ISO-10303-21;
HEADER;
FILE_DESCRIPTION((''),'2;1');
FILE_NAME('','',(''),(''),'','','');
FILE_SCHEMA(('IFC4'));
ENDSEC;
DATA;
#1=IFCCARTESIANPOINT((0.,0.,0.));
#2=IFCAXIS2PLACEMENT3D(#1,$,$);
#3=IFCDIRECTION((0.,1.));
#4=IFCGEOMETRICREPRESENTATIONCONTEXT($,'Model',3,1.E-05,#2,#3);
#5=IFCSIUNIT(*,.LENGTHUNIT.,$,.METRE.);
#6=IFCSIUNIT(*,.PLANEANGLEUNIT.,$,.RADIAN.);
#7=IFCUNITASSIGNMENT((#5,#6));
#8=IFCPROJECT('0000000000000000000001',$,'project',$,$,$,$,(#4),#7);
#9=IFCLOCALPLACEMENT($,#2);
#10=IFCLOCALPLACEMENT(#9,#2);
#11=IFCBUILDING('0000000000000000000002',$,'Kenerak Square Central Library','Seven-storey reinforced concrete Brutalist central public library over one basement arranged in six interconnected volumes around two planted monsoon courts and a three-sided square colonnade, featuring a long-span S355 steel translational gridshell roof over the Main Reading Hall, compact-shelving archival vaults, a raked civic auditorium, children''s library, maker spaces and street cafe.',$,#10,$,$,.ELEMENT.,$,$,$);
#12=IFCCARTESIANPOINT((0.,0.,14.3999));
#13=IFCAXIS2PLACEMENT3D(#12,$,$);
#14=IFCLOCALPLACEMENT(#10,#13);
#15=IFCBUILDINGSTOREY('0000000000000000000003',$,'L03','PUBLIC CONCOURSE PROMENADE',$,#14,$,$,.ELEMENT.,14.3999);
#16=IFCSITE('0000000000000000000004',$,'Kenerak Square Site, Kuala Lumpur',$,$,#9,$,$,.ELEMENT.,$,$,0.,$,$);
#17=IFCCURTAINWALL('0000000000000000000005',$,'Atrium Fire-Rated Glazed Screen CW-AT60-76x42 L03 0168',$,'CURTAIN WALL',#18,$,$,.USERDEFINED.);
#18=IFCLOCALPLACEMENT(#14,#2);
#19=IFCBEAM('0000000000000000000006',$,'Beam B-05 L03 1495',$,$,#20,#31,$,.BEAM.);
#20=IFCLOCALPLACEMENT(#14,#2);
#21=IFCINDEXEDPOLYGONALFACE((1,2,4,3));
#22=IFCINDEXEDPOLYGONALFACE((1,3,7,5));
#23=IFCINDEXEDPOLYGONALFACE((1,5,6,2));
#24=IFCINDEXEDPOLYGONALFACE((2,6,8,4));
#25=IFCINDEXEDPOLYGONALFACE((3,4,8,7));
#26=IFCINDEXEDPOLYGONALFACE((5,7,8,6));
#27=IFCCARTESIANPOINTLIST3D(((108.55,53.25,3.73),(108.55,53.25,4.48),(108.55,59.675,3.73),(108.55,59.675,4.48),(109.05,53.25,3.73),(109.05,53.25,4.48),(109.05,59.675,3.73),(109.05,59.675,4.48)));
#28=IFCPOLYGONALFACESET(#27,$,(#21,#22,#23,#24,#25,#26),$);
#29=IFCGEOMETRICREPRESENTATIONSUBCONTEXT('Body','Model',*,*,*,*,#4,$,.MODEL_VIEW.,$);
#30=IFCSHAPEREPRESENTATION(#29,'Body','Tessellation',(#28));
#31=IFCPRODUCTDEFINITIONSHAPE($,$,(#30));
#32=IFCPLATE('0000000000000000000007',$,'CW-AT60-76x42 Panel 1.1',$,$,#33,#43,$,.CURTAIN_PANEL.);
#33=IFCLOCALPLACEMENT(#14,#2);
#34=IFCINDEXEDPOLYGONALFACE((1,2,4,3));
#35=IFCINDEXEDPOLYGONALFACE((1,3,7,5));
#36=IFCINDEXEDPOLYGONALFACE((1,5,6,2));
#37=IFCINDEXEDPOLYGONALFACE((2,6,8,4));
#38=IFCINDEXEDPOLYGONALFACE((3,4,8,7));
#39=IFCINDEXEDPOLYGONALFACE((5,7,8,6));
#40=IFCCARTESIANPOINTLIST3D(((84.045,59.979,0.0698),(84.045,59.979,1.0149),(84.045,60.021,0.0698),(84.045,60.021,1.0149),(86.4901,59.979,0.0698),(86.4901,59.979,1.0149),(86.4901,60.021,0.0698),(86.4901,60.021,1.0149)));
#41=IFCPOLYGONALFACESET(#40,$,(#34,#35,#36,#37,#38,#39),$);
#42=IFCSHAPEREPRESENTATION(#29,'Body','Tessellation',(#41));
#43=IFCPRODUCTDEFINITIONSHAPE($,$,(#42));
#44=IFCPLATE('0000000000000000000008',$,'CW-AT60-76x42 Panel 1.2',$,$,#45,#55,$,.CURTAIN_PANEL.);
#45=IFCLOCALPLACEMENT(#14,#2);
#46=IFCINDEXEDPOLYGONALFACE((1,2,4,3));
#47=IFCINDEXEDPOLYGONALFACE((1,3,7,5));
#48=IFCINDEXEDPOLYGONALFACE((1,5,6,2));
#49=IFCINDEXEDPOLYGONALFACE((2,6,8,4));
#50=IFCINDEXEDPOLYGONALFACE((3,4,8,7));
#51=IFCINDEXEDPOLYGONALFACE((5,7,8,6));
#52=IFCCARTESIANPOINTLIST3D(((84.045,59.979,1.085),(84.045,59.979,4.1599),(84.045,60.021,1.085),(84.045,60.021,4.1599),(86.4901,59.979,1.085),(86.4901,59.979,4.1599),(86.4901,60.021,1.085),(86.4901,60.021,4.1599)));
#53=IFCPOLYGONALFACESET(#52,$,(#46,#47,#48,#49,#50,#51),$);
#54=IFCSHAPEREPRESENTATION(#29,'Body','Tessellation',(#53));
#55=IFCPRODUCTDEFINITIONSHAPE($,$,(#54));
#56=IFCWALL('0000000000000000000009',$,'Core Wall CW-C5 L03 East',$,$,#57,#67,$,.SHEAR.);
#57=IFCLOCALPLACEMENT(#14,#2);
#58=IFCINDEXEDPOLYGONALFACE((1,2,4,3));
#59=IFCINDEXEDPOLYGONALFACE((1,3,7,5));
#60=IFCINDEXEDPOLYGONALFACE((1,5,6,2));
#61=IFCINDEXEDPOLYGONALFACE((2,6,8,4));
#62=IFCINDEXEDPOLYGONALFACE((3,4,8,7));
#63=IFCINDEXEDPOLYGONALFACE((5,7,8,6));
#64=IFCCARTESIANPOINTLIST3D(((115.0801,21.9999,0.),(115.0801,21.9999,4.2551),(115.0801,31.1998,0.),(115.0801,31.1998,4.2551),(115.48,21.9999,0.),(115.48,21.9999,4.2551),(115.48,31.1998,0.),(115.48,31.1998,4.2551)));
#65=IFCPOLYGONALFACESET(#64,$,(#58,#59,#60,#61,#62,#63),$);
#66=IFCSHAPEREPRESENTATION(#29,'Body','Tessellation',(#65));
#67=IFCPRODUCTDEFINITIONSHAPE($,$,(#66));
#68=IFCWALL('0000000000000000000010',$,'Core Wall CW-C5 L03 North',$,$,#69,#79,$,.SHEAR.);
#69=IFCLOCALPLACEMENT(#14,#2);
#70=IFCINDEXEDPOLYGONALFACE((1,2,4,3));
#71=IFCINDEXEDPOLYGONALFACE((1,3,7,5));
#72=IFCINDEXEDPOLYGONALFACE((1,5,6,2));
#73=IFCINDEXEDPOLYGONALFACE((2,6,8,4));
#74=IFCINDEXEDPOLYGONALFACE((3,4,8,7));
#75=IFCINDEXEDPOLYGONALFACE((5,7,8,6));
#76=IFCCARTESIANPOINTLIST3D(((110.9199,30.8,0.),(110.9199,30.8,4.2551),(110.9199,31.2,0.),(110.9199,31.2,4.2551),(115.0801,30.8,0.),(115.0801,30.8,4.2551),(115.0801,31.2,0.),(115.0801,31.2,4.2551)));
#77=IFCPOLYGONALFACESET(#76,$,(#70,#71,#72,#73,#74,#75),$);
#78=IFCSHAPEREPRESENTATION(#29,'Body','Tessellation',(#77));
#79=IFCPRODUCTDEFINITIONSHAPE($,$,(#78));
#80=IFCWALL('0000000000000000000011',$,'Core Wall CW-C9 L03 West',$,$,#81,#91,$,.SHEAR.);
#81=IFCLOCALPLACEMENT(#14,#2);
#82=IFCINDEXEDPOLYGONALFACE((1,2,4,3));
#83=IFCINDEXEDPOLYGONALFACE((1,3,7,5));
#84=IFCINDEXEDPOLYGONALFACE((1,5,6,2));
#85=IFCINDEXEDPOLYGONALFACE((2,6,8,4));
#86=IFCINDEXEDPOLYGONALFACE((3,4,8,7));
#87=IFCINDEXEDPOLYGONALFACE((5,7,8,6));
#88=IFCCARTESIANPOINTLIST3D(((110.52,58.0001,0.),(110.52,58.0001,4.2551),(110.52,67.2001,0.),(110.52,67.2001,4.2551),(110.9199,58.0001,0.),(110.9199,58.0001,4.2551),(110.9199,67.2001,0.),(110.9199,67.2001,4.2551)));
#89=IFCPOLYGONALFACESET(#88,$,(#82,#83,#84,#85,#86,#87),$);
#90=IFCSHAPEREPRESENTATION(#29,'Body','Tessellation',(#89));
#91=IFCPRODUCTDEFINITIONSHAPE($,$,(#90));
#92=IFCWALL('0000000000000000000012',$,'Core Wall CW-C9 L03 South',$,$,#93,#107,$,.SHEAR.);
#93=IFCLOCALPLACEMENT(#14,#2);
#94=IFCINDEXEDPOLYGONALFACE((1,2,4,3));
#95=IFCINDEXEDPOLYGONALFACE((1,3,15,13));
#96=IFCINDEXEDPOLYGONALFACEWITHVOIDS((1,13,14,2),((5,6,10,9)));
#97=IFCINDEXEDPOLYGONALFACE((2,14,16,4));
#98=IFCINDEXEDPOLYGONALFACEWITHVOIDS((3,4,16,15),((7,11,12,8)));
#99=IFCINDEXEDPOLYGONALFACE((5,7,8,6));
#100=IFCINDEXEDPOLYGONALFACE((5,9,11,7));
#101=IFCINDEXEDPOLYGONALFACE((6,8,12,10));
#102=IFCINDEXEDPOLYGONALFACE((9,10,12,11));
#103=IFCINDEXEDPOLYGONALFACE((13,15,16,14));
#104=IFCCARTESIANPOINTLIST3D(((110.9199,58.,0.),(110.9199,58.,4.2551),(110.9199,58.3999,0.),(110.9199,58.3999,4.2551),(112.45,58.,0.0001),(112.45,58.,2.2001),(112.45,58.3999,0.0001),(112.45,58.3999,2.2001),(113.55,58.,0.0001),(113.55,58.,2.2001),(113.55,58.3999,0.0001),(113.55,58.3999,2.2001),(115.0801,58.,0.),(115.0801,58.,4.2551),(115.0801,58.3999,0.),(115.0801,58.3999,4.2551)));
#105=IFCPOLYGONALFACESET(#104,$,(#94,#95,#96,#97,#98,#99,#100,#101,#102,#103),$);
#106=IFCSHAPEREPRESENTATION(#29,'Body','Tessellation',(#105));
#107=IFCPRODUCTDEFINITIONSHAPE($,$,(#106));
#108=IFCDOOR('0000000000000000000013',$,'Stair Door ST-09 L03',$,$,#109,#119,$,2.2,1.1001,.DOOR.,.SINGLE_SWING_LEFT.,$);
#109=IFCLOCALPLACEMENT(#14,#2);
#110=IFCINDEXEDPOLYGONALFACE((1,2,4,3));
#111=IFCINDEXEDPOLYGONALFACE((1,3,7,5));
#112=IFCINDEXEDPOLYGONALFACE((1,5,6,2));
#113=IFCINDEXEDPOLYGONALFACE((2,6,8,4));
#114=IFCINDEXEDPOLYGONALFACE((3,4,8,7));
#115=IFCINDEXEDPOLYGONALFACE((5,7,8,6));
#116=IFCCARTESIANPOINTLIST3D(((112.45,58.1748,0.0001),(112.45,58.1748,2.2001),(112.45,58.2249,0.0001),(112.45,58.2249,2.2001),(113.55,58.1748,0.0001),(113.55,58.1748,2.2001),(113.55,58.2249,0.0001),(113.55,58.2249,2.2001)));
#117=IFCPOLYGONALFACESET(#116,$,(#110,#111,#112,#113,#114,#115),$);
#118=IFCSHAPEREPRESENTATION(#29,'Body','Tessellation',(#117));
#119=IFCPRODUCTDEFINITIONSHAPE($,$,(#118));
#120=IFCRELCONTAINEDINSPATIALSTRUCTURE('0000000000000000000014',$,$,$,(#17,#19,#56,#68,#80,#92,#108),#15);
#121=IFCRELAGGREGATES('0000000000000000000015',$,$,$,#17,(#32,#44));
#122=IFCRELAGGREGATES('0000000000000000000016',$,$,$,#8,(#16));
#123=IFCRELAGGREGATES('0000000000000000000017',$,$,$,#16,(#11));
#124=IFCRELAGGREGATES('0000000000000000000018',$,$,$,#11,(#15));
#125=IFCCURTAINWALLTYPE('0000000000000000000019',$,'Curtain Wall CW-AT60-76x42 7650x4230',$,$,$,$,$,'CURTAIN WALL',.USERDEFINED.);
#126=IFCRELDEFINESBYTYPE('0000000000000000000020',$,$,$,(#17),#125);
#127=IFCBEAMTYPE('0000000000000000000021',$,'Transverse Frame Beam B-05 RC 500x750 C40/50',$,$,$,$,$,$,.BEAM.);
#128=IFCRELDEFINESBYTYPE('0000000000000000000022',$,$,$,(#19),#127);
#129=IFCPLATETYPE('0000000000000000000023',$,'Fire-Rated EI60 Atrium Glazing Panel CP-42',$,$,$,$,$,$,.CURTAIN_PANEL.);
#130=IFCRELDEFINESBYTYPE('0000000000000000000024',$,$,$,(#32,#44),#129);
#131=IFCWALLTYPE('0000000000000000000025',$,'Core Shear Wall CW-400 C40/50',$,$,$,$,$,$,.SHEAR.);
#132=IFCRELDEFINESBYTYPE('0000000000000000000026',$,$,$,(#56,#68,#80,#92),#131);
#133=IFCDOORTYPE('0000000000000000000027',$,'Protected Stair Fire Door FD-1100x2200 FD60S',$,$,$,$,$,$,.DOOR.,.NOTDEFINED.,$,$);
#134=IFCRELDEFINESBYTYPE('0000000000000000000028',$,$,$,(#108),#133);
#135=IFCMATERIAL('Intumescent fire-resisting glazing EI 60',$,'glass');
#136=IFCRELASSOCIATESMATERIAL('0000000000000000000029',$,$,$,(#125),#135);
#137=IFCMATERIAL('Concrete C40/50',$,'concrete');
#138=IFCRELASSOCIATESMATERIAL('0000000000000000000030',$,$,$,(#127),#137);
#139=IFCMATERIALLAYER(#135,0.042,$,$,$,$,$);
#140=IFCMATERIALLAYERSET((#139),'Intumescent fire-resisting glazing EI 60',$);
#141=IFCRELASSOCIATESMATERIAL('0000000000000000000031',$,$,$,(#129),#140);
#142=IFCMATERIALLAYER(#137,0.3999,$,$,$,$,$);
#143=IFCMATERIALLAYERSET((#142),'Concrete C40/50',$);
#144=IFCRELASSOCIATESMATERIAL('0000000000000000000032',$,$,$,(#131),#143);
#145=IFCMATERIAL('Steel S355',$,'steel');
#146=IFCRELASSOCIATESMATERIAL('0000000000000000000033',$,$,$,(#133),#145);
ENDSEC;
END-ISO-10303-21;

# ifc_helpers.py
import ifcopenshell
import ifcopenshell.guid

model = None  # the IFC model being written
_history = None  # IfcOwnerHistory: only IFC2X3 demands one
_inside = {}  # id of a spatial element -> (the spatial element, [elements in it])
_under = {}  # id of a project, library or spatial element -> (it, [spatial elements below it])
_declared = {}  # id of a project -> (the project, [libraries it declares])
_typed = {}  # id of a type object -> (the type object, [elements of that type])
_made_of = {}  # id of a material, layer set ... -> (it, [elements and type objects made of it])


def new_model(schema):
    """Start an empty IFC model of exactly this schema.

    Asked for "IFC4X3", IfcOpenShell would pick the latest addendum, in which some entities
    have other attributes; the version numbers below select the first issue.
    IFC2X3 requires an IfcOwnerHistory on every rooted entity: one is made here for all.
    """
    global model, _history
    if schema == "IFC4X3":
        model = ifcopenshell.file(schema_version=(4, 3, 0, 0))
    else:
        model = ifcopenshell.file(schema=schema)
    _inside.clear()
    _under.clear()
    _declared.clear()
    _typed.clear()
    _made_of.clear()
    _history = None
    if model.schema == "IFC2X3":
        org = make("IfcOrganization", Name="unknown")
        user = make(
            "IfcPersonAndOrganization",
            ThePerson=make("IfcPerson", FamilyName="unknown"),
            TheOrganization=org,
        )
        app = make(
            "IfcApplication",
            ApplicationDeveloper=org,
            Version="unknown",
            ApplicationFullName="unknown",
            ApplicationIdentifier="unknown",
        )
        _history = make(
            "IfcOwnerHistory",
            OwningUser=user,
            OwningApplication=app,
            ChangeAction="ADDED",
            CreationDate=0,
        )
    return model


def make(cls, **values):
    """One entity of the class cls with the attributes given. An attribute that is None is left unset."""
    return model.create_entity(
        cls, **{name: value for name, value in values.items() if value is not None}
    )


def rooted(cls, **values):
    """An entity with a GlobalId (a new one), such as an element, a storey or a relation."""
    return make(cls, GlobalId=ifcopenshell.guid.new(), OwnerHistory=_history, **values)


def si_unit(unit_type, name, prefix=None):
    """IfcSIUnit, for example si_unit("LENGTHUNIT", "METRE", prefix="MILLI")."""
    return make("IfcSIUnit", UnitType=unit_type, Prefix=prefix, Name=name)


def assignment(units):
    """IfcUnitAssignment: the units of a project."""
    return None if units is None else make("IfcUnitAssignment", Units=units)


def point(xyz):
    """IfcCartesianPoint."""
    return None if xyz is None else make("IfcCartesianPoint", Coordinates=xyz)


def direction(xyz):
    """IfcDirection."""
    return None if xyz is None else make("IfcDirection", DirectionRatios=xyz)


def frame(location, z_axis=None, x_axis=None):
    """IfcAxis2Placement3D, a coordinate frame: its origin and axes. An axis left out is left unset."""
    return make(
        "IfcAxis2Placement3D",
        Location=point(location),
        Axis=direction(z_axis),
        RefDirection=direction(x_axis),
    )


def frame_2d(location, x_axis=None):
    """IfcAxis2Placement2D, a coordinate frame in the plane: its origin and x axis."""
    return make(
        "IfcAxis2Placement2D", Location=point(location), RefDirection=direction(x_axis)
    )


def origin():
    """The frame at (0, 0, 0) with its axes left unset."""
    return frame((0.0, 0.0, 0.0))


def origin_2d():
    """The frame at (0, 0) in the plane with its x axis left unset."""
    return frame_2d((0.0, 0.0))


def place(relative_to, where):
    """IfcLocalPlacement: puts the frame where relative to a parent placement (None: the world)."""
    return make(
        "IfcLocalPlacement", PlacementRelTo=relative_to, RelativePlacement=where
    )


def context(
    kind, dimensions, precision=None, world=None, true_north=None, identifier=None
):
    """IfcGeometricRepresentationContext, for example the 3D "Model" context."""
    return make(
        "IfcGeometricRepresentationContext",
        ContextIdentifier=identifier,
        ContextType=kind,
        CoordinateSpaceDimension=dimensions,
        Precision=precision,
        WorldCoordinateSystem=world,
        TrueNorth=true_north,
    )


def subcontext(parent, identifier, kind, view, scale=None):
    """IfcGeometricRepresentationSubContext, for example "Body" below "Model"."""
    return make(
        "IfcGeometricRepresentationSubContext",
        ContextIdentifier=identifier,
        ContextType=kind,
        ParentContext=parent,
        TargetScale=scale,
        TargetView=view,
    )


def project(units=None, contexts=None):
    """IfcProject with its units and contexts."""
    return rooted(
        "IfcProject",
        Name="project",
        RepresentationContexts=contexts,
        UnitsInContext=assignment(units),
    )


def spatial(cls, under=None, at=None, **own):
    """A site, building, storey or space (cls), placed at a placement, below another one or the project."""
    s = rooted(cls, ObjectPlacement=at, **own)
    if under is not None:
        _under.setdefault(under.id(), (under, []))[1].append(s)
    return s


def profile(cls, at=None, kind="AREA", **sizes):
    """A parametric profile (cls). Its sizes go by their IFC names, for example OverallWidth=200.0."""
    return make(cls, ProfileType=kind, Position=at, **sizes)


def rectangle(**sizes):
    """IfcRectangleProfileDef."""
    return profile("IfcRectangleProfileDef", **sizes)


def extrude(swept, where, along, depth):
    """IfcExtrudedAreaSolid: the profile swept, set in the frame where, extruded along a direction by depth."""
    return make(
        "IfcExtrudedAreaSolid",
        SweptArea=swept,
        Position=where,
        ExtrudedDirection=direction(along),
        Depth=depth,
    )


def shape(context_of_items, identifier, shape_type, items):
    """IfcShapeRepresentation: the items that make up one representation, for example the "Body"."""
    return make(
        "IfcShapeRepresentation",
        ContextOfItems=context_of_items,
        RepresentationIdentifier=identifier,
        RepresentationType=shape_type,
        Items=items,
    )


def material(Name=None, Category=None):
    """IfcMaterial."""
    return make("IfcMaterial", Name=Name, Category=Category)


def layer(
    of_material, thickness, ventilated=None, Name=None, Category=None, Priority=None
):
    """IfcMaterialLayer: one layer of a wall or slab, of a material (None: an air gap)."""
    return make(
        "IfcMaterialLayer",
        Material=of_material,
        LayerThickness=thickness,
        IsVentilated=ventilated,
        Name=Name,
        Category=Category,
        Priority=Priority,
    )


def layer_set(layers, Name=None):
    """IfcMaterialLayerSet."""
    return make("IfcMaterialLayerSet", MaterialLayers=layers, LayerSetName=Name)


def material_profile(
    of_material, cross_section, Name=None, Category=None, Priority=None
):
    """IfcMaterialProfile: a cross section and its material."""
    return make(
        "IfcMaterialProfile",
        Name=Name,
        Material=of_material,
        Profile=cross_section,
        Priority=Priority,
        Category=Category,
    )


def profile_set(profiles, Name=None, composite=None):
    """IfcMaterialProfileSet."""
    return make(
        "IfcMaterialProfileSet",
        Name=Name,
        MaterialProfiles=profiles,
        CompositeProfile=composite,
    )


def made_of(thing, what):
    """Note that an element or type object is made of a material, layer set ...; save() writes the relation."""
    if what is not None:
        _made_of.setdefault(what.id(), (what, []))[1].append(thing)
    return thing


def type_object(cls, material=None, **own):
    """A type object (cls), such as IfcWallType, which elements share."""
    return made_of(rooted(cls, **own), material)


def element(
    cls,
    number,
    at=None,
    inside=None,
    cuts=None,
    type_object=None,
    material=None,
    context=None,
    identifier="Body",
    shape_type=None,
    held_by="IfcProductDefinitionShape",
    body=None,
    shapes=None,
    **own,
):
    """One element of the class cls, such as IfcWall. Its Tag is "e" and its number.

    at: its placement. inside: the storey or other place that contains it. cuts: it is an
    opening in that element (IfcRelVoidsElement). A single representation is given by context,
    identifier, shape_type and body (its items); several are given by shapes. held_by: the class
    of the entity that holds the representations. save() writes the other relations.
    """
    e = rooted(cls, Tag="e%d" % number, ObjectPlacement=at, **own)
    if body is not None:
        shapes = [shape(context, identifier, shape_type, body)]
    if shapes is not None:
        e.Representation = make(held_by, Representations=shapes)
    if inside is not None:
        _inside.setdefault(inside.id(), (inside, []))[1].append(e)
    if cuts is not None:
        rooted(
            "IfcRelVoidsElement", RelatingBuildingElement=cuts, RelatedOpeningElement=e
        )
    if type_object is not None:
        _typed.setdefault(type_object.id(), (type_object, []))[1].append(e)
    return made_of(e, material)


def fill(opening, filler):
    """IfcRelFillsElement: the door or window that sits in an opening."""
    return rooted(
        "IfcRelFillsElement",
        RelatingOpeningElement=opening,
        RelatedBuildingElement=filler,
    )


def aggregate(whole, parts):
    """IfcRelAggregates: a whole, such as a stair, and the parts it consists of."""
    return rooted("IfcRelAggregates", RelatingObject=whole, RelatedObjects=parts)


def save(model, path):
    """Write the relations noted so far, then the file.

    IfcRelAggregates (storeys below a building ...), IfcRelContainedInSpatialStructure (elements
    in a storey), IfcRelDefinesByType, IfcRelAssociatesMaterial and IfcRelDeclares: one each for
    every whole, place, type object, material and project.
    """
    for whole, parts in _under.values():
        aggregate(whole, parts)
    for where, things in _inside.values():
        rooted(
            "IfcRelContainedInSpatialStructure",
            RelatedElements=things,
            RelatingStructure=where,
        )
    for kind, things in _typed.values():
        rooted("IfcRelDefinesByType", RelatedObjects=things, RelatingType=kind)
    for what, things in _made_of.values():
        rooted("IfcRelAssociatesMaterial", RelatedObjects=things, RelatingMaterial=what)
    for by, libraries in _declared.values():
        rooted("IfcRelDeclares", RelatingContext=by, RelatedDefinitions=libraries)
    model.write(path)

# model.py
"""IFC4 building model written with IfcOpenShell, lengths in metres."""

from ifc_helpers import new_model, si_unit, direction, frame, frame_2d, origin, origin_2d, place, context, subcontext, project, spatial, rectangle, extrude, material, layer, layer_set, material_profile, profile_set, type_object, element, fill, aggregate, save


model = new_model("IFC4")

# Units and contexts
model_context = context("Model", 3, precision=1e-05, world=origin(), true_north=direction((0.0, 1.0)))
body_context = subcontext(model_context, "Body", "Model", "MODEL_VIEW")
ifc_project = project(units=[si_unit("LENGTHUNIT", "METRE"), si_unit("PLANEANGLEUNIT", "RADIAN")], contexts=[model_context])

# Site, building, storey
site_placement = place(None, origin())
site = spatial("IfcSite", under=ifc_project, at=site_placement, Name="Kenerak Square Site, Kuala Lumpur", CompositionType="ELEMENT", RefElevation=0.0)
building_placement = place(site_placement, origin())
building = spatial("IfcBuilding", under=site, at=building_placement, Name="Kenerak Square Central Library", Description="Seven-storey reinforced concrete Brutalist central public library over one basement arranged in six interconnected volumes around two planted monsoon courts and a three-sided square colonnade, featuring a long-span S355 steel translational gridshell roof over the Main Reading Hall, compact-shelving archival vaults, a raked civic auditorium, children's library, maker spaces and street cafe.", CompositionType="ELEMENT")
storey_placement = place(building_placement, frame((0.0, 0.0, 14.3999)))
storey = spatial("IfcBuildingStorey", under=building, at=storey_placement, Name="L03", Description="PUBLIC CONCOURSE PROMENADE", CompositionType="ELEMENT", Elevation=14.3999)

# Curtain wall
ifc_material_1 = material(Name="Intumescent fire-resisting glazing EI 60", Category="glass")
curtain_wall_type = type_object("IfcCurtainWallType", Name="Curtain Wall CW-AT60-76x42 7650x4230", ElementType="CURTAIN WALL", PredefinedType="USERDEFINED", material=ifc_material_1)
curtain_wall_placement = place(storey_placement, origin())
curtain_wall = element("IfcCurtainWall", 1, at=curtain_wall_placement, inside=storey, type_object=curtain_wall_type, Name="Atrium Fire-Rated Glazed Screen CW-AT60-76x42 L03 0168", ObjectType="CURTAIN WALL", PredefinedType="USERDEFINED")

# Beam
ifc_material_2 = material(Name="Concrete C40/50", Category="concrete")
ifc_material_profile_1 = material_profile(ifc_material_2, rectangle(XDim=0.5, YDim=0.75, at=origin_2d()), Name="RC 500x750")
ifc_profile_set_1 = profile_set([ifc_material_profile_1], Name="Concrete C40/50")
beam_type_1 = type_object("IfcBeamType", Name="Transverse Frame Beam B-05 RC 500x750 C40/50", PredefinedType="BEAM", material=ifc_profile_set_1)
beam_1_placement = place(storey_placement, frame((108.8, 53.25, 4.105), z_axis=(0.0, 1.0, 0.0), x_axis=(-1.0, 0.0, 0.0)))
element("IfcBeam", 2, at=beam_1_placement, inside=storey, type_object=beam_type_1, Name="Beam B-05 L03 1495", PredefinedType="BEAM", context=body_context, shape_type="SweptSolid", body=[
    extrude(rectangle(XDim=0.5, YDim=0.75, at=origin_2d()), origin(), (0.0, 0.0, 1.0), 6.425),
])

# Plates
ifc_layer_1 = layer(ifc_material_1, 0.042)
ifc_layer_set_1 = layer_set([ifc_layer_1], Name="Intumescent fire-resisting glazing EI 60")
plate_type = type_object("IfcPlateType", Name="Fire-Rated EI60 Atrium Glazing Panel CP-42", PredefinedType="CURTAIN_PANEL", material=ifc_layer_set_1)
plate_1_placement = place(storey_placement, frame((85.2676, 60.0, 0.0698), z_axis=(0.0, 0.0, 1.0), x_axis=(1.0, 0.0, 0.0)))
plate_1 = element("IfcPlate", 3, at=plate_1_placement, type_object=plate_type, Name="CW-AT60-76x42 Panel 1.1", PredefinedType="CURTAIN_PANEL", context=body_context, shape_type="SweptSolid", body=[
    extrude(rectangle(XDim=2.4451, YDim=0.042, at=origin_2d()), origin(), (0.0, 0.0, 1.0), 0.9451),
])
plate_2_placement = place(storey_placement, frame((85.2676, 60.0, 1.085), z_axis=(0.0, 0.0, 1.0), x_axis=(1.0, 0.0, 0.0)))
plate_2 = element("IfcPlate", 4, at=plate_2_placement, type_object=plate_type, Name="CW-AT60-76x42 Panel 1.2", PredefinedType="CURTAIN_PANEL", context=body_context, shape_type="SweptSolid", body=[
    extrude(rectangle(XDim=2.4451, YDim=0.042, at=origin_2d()), origin(), (0.0, 0.0, 1.0), 3.075),
])
aggregate(curtain_wall, [plate_1, plate_2])

# Walls
ifc_layer_2 = layer(ifc_material_2, 0.3999)
ifc_layer_set_2 = layer_set([ifc_layer_2], Name="Concrete C40/50")
wall_type = type_object("IfcWallType", Name="Core Shear Wall CW-400 C40/50", PredefinedType="SHEAR", material=ifc_layer_set_2)
wall_1_placement = place(storey_placement, frame((115.28, 31.2, 0.0), z_axis=(0.0, 0.0, 1.0), x_axis=(0.0, -1.0, 0.0)))
element("IfcWall", 5, at=wall_1_placement, inside=storey, type_object=wall_type, Name="Core Wall CW-C5 L03 East", PredefinedType="SHEAR", context=body_context, shape_type="SweptSolid", body=[
    extrude(rectangle(XDim=9.2, YDim=0.3999, at=frame_2d((4.6001, 0.0))), origin(), (0.0, 0.0, 1.0), 4.2551),
])
wall_2_placement = place(storey_placement, frame((110.9199, 31.0, 0.0), z_axis=(0.0, 0.0, 1.0), x_axis=(1.0, 0.0, 0.0)))
element("IfcWall", 6, at=wall_2_placement, inside=storey, type_object=wall_type, Name="Core Wall CW-C5 L03 North", PredefinedType="SHEAR", context=body_context, shape_type="SweptSolid", body=[
    extrude(rectangle(XDim=4.1602, YDim=0.3999, at=frame_2d((2.0801, 0.0))), origin(), (0.0, 0.0, 1.0), 4.2551),
])
wall_3_placement = place(storey_placement, frame((110.72, 58.0, 0.0), z_axis=(0.0, 0.0, 1.0), x_axis=(0.0, 1.0, 0.0)))
element("IfcWall", 7, at=wall_3_placement, inside=storey, type_object=wall_type, Name="Core Wall CW-C9 L03 West", PredefinedType="SHEAR", context=body_context, shape_type="SweptSolid", body=[
    extrude(rectangle(XDim=9.2, YDim=0.3999, at=frame_2d((4.6001, 0.0))), origin(), (0.0, 0.0, 1.0), 4.2551),
])

# Wall, opening, door
wall_4_placement = place(storey_placement, frame((115.0801, 58.2, 0.0), z_axis=(0.0, 0.0, 1.0), x_axis=(-1.0, 0.0, 0.0)))
wall_4 = element("IfcWall", 8, at=wall_4_placement, inside=storey, type_object=wall_type, Name="Core Wall CW-C9 L03 South", PredefinedType="SHEAR", context=body_context, shape_type="SweptSolid", body=[
    extrude(rectangle(XDim=4.1602, YDim=0.3999, at=frame_2d((2.0801, 0.0))), origin(), (0.0, 0.0, 1.0), 4.2551),
])
opening_placement = place(wall_4_placement, frame((1.53, 0.0, 0.0)))
opening = element("IfcOpeningElement", 9, at=opening_placement, cuts=wall_4, PredefinedType="OPENING", context=body_context, shape_type="SweptSolid", body=[
    extrude(rectangle(XDim=1.1001, YDim=2.2, at=frame_2d((0.55, 1.1001))), frame((0.0, 0.21, 0.0), z_axis=(0.0, -1.0, 0.0), x_axis=(1.0, 0.0, 0.0)), (0.0, 0.0, 1.0), 0.4199),
])
ifc_material_3 = material(Name="Steel S355", Category="steel")
door_type = type_object("IfcDoorType", Name="Protected Stair Fire Door FD-1100x2200 FD60S", OperationType="NOTDEFINED", PredefinedType="DOOR", material=ifc_material_3)
door_placement = place(opening_placement, frame((1.1001, 0.0, 0.0), z_axis=(0.0, 0.0, 1.0), x_axis=(-1.0, 0.0, 0.0)))
door = element("IfcDoor", 10, at=door_placement, inside=storey, type_object=door_type, Name="Stair Door ST-09 L03", OperationType="SINGLE_SWING_LEFT", OverallHeight=2.2, OverallWidth=1.1001, PredefinedType="DOOR", context=body_context, shape_type="SweptSolid", body=[
    extrude(rectangle(XDim=1.1001, YDim=2.2, at=frame_2d((0.55, 1.1001))), frame((0.0, 0.0249, 0.0), z_axis=(0.0, -1.0, 0.0), x_axis=(1.0, 0.0, 0.0)), (0.0, 0.0, 1.0), 0.05),
])
fill(opening, door)

save(model, "model.ifc")
